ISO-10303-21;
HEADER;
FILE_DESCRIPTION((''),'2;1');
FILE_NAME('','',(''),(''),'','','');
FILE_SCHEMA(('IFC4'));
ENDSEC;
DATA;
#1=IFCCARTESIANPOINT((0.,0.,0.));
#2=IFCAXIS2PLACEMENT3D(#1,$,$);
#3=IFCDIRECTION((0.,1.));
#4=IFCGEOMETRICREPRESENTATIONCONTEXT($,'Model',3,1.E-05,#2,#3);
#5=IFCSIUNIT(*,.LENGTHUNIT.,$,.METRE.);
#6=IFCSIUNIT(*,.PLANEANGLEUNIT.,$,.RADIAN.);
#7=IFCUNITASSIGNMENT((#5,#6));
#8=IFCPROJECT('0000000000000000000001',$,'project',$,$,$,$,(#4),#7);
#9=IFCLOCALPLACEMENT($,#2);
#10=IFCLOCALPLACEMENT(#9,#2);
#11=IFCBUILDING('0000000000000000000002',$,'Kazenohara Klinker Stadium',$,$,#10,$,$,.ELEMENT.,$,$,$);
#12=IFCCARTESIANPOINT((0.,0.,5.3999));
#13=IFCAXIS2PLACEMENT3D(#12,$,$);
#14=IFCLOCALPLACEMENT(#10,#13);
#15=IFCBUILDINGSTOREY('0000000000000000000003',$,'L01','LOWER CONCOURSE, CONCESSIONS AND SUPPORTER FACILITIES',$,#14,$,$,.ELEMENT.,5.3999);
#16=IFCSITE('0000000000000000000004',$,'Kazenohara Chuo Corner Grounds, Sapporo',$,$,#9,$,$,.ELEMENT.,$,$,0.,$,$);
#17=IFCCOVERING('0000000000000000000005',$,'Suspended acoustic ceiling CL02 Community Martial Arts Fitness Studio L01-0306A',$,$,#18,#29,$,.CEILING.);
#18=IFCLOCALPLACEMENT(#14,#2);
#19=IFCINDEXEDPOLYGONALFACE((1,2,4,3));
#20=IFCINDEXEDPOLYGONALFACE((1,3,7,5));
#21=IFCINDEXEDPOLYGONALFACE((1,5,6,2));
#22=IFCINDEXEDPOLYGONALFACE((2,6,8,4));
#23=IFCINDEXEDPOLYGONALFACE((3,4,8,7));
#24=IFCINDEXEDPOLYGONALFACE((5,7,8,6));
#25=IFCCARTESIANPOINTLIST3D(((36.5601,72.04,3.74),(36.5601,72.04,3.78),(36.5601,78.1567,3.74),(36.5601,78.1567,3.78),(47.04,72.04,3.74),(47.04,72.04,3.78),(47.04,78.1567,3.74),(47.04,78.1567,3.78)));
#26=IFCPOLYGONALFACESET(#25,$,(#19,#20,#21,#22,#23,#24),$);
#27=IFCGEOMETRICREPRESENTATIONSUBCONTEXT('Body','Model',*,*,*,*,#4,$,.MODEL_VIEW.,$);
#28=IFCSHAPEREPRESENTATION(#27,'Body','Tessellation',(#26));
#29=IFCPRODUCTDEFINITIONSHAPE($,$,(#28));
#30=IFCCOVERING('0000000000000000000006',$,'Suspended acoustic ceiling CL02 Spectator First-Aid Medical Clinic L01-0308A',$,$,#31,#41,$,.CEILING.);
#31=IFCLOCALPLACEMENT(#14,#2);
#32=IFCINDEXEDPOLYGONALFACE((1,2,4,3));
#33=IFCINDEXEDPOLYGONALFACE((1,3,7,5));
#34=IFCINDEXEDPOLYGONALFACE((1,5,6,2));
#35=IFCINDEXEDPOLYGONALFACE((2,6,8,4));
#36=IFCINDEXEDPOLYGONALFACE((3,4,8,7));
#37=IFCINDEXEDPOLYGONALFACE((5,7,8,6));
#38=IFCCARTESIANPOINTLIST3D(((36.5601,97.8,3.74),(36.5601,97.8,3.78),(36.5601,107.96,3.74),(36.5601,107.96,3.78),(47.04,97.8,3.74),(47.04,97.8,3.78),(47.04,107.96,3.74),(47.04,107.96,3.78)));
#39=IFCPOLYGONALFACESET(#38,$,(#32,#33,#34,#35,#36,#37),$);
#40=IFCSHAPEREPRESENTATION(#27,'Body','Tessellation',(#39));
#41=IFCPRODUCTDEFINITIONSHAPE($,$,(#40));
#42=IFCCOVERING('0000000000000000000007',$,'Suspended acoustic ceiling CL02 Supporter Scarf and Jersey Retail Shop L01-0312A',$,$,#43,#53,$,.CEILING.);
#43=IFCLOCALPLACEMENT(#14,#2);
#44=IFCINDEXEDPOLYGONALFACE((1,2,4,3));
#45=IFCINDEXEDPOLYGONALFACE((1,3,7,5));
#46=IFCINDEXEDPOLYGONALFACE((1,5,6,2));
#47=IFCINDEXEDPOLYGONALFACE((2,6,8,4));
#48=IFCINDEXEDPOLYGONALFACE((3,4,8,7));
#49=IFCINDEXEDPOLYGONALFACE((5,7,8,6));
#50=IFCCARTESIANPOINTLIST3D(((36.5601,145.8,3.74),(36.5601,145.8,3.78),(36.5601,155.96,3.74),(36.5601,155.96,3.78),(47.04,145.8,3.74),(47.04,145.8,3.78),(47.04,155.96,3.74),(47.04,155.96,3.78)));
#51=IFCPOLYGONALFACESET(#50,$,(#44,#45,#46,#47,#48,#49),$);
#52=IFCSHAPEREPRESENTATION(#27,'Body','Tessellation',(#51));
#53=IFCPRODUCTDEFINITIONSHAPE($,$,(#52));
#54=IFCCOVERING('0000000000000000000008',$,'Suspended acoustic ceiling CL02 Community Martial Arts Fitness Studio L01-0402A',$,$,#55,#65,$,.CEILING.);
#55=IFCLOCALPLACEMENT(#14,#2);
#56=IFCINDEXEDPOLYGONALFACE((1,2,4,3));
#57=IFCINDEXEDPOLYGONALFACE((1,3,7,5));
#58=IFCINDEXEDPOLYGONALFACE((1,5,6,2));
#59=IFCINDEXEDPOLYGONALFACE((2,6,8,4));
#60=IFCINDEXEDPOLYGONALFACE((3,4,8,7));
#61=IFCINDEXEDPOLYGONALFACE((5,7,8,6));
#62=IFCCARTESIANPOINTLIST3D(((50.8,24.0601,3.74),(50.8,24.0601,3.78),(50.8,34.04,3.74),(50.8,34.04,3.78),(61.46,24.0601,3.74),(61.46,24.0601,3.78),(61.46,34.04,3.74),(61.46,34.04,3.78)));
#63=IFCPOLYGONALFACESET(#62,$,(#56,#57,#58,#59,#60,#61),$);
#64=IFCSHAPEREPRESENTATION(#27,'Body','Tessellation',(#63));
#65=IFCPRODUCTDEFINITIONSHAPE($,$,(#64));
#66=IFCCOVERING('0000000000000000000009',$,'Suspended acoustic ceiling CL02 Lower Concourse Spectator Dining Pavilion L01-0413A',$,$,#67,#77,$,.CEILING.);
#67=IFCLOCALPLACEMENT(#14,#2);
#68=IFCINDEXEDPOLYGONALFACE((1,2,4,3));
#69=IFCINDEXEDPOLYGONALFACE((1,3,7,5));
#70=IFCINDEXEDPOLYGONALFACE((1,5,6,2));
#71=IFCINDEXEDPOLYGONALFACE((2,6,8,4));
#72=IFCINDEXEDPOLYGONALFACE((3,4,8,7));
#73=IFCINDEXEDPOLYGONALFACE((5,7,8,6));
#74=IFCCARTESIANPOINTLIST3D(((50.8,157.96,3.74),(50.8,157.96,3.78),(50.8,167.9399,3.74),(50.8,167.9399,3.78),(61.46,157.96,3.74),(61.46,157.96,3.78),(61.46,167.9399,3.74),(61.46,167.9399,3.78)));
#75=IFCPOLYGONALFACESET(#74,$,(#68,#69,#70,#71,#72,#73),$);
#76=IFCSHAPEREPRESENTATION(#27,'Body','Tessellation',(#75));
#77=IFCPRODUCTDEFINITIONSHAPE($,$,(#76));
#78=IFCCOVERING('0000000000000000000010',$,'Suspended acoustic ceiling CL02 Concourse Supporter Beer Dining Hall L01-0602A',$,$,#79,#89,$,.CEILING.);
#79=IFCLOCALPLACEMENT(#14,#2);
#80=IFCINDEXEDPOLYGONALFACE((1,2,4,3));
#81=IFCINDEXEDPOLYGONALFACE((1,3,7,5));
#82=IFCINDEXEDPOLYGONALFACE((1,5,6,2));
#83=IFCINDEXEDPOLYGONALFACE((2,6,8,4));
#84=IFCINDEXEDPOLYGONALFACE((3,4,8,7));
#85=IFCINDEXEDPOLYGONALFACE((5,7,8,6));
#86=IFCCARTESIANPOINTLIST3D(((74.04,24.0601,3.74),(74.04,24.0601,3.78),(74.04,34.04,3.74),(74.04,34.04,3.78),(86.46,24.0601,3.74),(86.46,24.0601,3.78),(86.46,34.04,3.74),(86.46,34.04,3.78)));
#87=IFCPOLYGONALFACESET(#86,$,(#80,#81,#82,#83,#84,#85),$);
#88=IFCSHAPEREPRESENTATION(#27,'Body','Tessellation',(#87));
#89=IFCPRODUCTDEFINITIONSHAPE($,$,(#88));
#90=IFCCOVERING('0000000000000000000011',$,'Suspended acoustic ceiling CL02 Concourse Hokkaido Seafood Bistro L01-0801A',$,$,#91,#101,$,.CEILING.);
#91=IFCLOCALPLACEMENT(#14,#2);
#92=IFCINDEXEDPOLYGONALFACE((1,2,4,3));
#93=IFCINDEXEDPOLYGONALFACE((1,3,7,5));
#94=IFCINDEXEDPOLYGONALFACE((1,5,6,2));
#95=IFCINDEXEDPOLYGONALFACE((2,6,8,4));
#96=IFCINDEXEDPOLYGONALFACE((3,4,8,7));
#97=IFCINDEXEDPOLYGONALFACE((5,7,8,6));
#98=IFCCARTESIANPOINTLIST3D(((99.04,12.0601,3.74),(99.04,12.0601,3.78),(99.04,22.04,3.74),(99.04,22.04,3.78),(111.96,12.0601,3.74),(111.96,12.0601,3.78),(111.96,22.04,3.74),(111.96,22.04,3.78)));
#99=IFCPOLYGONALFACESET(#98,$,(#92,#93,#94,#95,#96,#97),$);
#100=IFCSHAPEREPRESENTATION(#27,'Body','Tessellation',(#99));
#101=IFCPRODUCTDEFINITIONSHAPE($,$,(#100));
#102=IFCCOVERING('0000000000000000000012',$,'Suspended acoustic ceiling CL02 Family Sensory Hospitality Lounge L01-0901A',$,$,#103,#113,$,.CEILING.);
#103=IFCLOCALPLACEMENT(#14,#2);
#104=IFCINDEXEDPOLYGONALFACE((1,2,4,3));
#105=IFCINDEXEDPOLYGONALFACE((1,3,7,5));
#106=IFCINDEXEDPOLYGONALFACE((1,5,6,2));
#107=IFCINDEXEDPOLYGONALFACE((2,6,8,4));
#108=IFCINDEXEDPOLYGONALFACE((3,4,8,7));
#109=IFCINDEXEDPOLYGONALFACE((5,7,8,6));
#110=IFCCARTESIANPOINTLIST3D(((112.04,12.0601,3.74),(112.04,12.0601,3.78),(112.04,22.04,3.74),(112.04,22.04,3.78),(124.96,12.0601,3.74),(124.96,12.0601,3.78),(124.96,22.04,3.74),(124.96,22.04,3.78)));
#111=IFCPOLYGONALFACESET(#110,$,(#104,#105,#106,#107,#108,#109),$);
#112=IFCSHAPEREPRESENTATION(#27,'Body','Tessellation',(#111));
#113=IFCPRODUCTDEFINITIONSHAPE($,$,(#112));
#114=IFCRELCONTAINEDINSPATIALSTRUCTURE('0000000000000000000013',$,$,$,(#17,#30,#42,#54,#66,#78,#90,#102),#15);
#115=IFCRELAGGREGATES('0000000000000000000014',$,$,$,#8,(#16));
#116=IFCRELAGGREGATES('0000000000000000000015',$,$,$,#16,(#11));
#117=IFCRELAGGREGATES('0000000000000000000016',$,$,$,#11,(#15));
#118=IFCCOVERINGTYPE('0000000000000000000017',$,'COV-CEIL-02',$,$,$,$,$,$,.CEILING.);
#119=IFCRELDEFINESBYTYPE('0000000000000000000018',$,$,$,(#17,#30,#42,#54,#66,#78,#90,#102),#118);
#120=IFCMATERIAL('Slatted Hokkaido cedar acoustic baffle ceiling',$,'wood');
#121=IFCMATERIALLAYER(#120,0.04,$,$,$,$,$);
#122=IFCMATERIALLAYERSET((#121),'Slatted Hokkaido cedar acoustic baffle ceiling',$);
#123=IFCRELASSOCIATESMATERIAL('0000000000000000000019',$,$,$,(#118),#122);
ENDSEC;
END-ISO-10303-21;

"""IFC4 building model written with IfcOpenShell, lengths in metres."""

from ifc_helpers import new_model, si_unit, direction, frame, origin, place, context, subcontext, project, spatial, polyline, outline, extrude, material, layer, layer_set, type_object, element, save


model = new_model("IFC4")

# Units and contexts
model_context = context("Model", 3, precision=1e-05, world=origin(), true_north=direction((0.0, 1.0)))
body_context = subcontext(model_context, "Body", "Model", "MODEL_VIEW")
ifc_project = project(units=[si_unit("LENGTHUNIT", "METRE"), si_unit("PLANEANGLEUNIT", "RADIAN")], contexts=[model_context])

# Site, building, storey
site_placement = place(None, origin())
site = spatial("IfcSite", under=ifc_project, at=site_placement, Name="Kazenohara Chuo Corner Grounds, Sapporo", CompositionType="ELEMENT", RefElevation=0.0)
building_placement = place(site_placement, origin())
building = spatial("IfcBuilding", under=site, at=building_placement, Name="Kazenohara Klinker Stadium", CompositionType="ELEMENT")
storey_placement = place(building_placement, frame((0.0, 0.0, 5.3999)))
storey = spatial("IfcBuildingStorey", under=building, at=storey_placement, Name="L01", Description="LOWER CONCOURSE, CONCESSIONS AND SUPPORTER FACILITIES", CompositionType="ELEMENT", Elevation=5.3999)

# Coverings
ifc_material_1 = material(Name="Slatted Hokkaido cedar acoustic baffle ceiling", Category="wood")
ifc_layer_1 = layer(ifc_material_1, 0.04)
ifc_layer_set_1 = layer_set([ifc_layer_1], Name="Slatted Hokkaido cedar acoustic baffle ceiling")
covering_type_1 = type_object("IfcCoveringType", Name="COV-CEIL-02", PredefinedType="CEILING", material=ifc_layer_set_1)
covering_1_placement = place(storey_placement, frame((0.0, 0.0, 3.74)))
element("IfcCovering", 1, at=covering_1_placement, inside=storey, type_object=covering_type_1, Name="Suspended acoustic ceiling CL02 Community Martial Arts Fitness Studio L01-0306A", PredefinedType="CEILING", context=body_context, shape_type="SweptSolid", body=[
    extrude(outline(polyline([(36.5601, 72.04), (47.04, 72.04), (47.04, 78.1567), (36.5601, 78.1567), (36.5601, 72.04)])), origin(), (0.0, 0.0, 1.0), 0.04),
])
covering_2_placement = place(storey_placement, frame((0.0, 0.0, 3.74)))
element("IfcCovering", 2, at=covering_2_placement, inside=storey, type_object=covering_type_1, Name="Suspended acoustic ceiling CL02 Spectator First-Aid Medical Clinic L01-0308A", PredefinedType="CEILING", context=body_context, shape_type="SweptSolid", body=[
    extrude(outline(polyline([(36.5601, 97.8), (47.04, 97.8), (47.04, 107.96), (36.5601, 107.96), (36.5601, 97.8)])), origin(), (0.0, 0.0, 1.0), 0.04),
])
covering_3_placement = place(storey_placement, frame((0.0, 0.0, 3.74)))
element("IfcCovering", 3, at=covering_3_placement, inside=storey, type_object=covering_type_1, Name="Suspended acoustic ceiling CL02 Supporter Scarf and Jersey Retail Shop L01-0312A", PredefinedType="CEILING", context=body_context, shape_type="SweptSolid", body=[
    extrude(outline(polyline([(36.5601, 145.8), (47.04, 145.8), (47.04, 155.96), (36.5601, 155.96), (36.5601, 145.8)])), origin(), (0.0, 0.0, 1.0), 0.04),
])
covering_4_placement = place(storey_placement, frame((0.0, 0.0, 3.74)))
element("IfcCovering", 4, at=covering_4_placement, inside=storey, type_object=covering_type_1, Name="Suspended acoustic ceiling CL02 Community Martial Arts Fitness Studio L01-0402A", PredefinedType="CEILING", context=body_context, shape_type="SweptSolid", body=[
    extrude(outline(polyline([(50.8, 24.0601), (61.46, 24.0601), (61.46, 34.04), (50.8, 34.04), (50.8, 24.0601)])), origin(), (0.0, 0.0, 1.0), 0.04),
])
covering_5_placement = place(storey_placement, frame((0.0, 0.0, 3.74)))
element("IfcCovering", 5, at=covering_5_placement, inside=storey, type_object=covering_type_1, Name="Suspended acoustic ceiling CL02 Lower Concourse Spectator Dining Pavilion L01-0413A", PredefinedType="CEILING", context=body_context, shape_type="SweptSolid", body=[
    extrude(outline(polyline([(50.8, 157.96), (61.46, 157.96), (61.46, 167.9399), (50.8, 167.9399), (50.8, 157.96)])), origin(), (0.0, 0.0, 1.0), 0.04),
])
covering_6_placement = place(storey_placement, frame((0.0, 0.0, 3.74)))
element("IfcCovering", 6, at=covering_6_placement, inside=storey, type_object=covering_type_1, Name="Suspended acoustic ceiling CL02 Concourse Supporter Beer Dining Hall L01-0602A", PredefinedType="CEILING", context=body_context, shape_type="SweptSolid", body=[
    extrude(outline(polyline([(74.04, 24.0601), (86.46, 24.0601), (86.46, 34.04), (74.04, 34.04), (74.04, 24.0601)])), origin(), (0.0, 0.0, 1.0), 0.04),
])
covering_7_placement = place(storey_placement, frame((0.0, 0.0, 3.74)))
element("IfcCovering", 7, at=covering_7_placement, inside=storey, type_object=covering_type_1, Name="Suspended acoustic ceiling CL02 Concourse Hokkaido Seafood Bistro L01-0801A", PredefinedType="CEILING", context=body_context, shape_type="SweptSolid", body=[
    extrude(outline(polyline([(99.04, 12.0601), (111.96, 12.0601), (111.96, 22.04), (99.04, 22.04), (99.04, 12.0601)])), origin(), (0.0, 0.0, 1.0), 0.04),
])
covering_8_placement = place(storey_placement, frame((0.0, 0.0, 3.74)))
element("IfcCovering", 8, at=covering_8_placement, inside=storey, type_object=covering_type_1, Name="Suspended acoustic ceiling CL02 Family Sensory Hospitality Lounge L01-0901A", PredefinedType="CEILING", context=body_context, shape_type="SweptSolid", body=[
    extrude(outline(polyline([(112.04, 12.0601), (124.96, 12.0601), (124.96, 22.04), (112.04, 22.04), (112.04, 12.0601)])), origin(), (0.0, 0.0, 1.0), 0.04),
])

save(model, "model.ifc")
